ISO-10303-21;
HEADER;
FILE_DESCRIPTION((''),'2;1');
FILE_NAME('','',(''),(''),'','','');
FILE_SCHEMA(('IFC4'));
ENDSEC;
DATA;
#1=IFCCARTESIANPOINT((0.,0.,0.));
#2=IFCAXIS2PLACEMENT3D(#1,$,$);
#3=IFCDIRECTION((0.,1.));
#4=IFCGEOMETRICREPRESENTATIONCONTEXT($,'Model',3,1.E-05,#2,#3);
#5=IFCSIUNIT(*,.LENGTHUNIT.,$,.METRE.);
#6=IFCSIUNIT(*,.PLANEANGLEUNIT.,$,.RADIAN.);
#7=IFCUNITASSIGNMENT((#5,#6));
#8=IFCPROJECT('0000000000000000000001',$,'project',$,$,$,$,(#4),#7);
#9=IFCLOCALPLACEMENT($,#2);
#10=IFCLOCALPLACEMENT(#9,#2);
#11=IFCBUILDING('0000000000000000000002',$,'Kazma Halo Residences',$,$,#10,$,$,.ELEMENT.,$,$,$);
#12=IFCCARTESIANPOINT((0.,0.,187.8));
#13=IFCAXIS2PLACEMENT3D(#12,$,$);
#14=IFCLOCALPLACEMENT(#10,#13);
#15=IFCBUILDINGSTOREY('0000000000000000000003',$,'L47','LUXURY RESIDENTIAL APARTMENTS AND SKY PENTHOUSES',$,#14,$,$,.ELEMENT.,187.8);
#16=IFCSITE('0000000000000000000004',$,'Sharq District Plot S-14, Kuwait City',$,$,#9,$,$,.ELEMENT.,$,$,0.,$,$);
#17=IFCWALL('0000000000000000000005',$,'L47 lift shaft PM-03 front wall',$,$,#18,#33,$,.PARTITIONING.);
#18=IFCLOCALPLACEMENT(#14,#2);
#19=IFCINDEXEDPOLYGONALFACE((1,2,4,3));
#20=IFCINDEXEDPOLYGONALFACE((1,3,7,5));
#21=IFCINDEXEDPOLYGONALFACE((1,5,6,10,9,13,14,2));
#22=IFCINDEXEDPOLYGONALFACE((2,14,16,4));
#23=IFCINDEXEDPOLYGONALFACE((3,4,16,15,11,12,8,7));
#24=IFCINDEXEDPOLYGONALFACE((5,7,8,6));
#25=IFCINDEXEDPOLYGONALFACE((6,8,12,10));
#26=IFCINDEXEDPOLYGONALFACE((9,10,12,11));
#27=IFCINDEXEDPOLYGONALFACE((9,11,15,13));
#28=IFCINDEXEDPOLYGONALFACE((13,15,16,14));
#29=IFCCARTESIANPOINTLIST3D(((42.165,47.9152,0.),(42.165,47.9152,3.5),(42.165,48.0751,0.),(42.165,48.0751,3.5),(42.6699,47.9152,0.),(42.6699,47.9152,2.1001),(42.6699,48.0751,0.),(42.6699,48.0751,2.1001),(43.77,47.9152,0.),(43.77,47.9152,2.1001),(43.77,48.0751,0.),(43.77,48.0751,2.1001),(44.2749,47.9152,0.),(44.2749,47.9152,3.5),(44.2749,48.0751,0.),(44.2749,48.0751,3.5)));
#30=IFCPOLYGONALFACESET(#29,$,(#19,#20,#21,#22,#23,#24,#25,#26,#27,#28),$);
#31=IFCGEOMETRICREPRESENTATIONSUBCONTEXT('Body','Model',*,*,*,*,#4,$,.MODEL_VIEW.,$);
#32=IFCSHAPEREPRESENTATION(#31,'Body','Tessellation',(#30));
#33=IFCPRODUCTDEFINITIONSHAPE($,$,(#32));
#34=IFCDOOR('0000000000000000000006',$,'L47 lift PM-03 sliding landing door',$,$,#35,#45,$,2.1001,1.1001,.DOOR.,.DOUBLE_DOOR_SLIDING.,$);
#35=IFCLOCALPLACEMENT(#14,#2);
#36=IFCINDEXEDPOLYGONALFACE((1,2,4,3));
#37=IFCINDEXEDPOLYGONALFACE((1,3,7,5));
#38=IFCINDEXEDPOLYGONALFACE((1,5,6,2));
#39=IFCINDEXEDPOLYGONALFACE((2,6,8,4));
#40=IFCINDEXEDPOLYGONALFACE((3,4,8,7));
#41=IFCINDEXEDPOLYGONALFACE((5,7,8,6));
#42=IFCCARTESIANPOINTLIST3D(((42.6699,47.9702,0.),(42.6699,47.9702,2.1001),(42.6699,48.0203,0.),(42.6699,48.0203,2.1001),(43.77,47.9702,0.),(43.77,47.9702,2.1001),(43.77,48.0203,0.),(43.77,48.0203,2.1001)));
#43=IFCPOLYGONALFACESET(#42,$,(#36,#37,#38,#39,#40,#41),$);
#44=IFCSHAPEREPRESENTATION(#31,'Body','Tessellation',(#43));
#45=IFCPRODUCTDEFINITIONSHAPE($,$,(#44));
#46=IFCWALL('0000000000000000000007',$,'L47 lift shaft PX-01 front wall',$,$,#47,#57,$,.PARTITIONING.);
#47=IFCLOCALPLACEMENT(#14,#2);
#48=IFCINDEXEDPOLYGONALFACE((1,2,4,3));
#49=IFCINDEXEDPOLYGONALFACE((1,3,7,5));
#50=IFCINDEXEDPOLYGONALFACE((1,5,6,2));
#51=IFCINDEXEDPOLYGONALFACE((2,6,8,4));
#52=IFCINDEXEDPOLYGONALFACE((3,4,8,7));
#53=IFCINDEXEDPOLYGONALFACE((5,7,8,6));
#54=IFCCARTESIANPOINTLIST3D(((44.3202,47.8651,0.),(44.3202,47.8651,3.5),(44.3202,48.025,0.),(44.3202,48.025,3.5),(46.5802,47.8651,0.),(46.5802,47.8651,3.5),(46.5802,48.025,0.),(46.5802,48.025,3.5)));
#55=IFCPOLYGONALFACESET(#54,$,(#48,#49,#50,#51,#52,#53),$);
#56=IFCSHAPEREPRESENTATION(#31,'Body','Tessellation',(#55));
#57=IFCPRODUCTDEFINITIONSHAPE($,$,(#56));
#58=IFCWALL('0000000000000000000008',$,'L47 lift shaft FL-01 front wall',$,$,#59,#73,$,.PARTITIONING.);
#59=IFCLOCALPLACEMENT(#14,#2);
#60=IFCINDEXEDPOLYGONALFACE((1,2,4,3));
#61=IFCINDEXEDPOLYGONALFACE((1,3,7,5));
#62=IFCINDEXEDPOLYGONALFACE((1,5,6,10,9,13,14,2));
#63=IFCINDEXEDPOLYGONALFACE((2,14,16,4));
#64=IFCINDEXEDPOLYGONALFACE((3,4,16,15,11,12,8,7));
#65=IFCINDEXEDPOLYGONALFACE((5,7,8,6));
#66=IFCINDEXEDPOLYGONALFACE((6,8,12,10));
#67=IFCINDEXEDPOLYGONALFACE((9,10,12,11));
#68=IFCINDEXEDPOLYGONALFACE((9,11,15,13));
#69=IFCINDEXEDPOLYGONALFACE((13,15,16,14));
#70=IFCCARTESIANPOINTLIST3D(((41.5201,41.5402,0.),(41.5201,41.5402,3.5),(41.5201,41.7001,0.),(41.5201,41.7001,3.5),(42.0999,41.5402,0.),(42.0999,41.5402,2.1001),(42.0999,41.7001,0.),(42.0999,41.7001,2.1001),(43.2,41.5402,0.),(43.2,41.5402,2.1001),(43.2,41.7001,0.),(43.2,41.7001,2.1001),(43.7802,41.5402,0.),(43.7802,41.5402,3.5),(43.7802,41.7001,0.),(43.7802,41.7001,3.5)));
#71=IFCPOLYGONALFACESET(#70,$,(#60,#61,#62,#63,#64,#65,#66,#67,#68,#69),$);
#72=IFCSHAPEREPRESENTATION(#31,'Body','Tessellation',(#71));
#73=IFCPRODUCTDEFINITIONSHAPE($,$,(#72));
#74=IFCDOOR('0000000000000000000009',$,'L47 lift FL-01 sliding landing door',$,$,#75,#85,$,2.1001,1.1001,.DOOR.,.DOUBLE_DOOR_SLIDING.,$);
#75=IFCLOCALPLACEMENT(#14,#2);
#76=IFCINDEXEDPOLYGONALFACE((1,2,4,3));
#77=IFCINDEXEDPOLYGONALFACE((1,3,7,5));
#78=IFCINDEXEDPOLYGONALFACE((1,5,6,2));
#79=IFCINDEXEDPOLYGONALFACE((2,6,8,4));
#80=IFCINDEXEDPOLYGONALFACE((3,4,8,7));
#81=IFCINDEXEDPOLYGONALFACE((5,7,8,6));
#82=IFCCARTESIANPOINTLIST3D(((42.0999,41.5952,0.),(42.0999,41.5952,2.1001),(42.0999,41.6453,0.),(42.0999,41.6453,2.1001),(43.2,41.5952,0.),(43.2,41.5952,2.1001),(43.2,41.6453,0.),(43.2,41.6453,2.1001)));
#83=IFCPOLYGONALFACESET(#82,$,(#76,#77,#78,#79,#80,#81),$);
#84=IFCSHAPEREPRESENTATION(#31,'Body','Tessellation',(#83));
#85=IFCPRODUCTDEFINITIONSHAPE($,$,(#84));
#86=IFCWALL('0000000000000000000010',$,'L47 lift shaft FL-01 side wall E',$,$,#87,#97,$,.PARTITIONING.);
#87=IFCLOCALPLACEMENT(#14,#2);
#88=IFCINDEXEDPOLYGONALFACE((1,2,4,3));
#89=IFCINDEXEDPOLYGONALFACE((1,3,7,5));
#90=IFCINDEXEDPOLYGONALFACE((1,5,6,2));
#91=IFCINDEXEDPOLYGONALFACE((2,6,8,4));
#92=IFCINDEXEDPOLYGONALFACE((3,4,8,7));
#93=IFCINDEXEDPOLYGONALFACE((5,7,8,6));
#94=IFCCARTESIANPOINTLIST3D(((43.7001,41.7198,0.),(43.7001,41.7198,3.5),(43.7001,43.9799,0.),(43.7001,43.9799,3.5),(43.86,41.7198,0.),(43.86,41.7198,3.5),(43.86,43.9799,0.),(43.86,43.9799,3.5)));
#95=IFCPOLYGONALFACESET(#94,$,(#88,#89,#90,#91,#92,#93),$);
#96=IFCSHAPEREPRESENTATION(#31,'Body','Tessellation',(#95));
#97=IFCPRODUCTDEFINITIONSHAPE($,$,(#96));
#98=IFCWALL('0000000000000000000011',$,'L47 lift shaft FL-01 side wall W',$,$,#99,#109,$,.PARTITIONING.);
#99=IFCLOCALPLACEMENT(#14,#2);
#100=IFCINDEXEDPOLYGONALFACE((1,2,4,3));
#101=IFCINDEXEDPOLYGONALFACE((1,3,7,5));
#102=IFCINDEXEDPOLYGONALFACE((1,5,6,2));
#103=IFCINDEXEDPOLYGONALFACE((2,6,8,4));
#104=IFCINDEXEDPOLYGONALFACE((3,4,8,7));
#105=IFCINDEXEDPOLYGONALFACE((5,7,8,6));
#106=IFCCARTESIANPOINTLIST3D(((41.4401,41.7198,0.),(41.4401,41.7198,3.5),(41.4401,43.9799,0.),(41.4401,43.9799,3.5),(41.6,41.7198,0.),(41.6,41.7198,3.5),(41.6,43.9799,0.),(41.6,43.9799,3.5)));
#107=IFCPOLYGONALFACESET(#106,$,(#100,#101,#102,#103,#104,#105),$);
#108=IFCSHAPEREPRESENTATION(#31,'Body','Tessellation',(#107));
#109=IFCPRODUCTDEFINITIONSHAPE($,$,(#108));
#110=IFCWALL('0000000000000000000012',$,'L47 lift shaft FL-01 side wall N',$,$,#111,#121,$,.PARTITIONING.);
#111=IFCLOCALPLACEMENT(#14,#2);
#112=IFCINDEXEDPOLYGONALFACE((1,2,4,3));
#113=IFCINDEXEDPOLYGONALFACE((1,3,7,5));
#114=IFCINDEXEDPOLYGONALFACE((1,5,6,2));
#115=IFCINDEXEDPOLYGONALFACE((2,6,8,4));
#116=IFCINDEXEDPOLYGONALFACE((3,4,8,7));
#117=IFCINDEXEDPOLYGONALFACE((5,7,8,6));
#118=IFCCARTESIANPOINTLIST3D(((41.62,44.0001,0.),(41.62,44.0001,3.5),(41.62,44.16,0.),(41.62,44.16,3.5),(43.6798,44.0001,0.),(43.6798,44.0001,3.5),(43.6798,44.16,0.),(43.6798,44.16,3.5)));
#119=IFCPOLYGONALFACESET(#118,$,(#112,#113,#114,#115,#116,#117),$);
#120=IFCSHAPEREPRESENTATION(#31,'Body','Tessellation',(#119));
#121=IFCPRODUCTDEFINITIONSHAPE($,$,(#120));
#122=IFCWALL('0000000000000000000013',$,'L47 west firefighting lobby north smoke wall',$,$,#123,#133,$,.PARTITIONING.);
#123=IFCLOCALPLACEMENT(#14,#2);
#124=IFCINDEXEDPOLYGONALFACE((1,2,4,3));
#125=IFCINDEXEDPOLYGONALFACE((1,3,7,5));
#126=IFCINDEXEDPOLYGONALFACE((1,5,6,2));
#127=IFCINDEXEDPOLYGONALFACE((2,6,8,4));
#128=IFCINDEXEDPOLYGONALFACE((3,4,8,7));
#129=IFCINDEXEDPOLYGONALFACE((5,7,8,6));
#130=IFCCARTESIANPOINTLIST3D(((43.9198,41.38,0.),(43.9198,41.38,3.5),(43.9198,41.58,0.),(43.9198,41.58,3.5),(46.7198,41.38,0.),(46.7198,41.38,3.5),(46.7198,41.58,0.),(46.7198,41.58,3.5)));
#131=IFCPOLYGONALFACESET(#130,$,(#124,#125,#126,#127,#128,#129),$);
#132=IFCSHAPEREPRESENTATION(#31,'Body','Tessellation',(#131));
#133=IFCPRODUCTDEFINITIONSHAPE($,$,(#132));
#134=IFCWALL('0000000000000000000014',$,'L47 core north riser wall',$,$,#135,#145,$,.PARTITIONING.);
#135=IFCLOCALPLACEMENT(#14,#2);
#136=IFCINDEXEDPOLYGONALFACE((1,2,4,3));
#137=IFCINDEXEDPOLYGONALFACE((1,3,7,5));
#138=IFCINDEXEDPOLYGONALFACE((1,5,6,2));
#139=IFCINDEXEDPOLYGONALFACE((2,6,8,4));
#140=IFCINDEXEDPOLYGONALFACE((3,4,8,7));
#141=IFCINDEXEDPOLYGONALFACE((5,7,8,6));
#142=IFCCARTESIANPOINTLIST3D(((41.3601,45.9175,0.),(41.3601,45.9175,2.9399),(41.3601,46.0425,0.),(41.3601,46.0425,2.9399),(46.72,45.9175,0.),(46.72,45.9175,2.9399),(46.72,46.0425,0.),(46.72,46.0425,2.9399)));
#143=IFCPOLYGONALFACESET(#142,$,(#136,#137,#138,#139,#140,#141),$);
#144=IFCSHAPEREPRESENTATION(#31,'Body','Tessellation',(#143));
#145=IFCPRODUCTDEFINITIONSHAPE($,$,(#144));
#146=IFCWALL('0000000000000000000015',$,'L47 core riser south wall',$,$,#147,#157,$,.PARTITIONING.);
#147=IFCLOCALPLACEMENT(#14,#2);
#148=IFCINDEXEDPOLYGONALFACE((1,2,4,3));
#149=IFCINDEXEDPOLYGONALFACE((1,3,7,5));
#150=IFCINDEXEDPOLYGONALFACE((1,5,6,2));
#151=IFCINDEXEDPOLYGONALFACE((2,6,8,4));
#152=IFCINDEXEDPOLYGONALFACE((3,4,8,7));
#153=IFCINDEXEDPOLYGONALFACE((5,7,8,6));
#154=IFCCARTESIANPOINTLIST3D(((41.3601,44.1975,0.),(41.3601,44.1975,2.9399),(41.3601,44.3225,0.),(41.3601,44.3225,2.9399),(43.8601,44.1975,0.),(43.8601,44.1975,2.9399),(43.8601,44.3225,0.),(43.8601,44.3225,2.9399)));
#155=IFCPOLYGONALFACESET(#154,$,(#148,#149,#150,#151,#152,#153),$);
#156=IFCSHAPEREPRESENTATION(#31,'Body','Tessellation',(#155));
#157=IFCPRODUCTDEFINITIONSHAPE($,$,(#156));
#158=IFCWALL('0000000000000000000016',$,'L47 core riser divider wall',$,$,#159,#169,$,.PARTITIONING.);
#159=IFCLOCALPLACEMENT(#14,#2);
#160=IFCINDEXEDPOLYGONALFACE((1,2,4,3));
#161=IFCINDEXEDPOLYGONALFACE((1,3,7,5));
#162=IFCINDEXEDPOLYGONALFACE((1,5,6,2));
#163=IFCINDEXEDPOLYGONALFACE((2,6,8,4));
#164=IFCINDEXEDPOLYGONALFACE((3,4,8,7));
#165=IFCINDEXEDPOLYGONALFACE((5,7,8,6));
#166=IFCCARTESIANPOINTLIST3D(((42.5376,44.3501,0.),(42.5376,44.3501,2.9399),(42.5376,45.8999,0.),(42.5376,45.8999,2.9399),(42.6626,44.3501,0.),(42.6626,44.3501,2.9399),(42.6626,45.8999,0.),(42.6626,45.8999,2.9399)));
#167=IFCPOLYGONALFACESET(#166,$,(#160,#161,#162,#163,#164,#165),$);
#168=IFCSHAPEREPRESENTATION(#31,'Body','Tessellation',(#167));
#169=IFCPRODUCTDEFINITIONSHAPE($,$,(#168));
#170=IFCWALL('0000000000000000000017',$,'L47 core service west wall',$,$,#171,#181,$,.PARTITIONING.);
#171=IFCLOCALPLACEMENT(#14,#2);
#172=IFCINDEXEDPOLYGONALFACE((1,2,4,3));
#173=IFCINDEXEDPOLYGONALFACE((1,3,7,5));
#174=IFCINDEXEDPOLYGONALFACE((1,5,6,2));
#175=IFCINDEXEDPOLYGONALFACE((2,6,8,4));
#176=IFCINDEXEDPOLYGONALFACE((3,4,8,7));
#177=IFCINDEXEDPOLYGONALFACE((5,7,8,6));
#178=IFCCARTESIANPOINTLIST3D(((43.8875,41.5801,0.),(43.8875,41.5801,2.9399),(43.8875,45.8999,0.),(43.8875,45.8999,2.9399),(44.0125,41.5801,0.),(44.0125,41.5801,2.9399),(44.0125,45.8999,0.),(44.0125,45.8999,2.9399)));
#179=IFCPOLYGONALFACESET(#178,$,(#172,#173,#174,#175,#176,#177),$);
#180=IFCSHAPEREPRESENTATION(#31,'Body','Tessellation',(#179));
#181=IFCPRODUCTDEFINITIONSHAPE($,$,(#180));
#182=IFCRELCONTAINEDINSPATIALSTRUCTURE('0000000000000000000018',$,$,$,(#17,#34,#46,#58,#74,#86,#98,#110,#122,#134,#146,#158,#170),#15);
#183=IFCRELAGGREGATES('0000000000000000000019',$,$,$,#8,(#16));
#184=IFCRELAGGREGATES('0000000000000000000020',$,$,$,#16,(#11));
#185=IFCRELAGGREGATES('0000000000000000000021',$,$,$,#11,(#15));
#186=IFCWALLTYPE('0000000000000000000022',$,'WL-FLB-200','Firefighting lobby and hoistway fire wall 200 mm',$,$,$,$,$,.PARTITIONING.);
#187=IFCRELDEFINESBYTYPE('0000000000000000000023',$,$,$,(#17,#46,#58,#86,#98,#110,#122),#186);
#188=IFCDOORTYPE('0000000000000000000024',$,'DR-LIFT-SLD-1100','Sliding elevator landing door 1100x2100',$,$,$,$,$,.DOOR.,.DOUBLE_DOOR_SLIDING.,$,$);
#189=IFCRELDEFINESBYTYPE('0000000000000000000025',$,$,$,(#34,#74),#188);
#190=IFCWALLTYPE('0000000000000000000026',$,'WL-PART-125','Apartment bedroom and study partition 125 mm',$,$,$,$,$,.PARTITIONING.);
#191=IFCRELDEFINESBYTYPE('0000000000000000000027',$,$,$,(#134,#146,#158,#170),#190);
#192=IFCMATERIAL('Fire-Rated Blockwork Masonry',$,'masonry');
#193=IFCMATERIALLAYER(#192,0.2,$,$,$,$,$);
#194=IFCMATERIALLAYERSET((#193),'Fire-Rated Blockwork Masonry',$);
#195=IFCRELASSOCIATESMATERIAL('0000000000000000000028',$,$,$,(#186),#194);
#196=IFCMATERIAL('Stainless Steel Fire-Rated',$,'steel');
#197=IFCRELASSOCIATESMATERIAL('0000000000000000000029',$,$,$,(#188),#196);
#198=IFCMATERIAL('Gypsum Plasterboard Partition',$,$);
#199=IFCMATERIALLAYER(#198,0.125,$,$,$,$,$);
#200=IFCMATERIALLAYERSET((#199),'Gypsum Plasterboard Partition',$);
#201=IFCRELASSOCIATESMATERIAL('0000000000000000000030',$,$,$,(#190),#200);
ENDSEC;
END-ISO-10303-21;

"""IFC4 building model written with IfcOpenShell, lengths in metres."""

from ifc_helpers import new_model, si_unit, direction, frame, frame_2d, origin, place, context, subcontext, project, spatial, rectangle, extrude, material, layer, layer_set, type_object, element, fill, save


model = new_model("IFC4")

# Units and contexts
model_context = context("Model", 3, precision=1e-05, world=origin(), true_north=direction((0.0, 1.0)))
body_context = subcontext(model_context, "Body", "Model", "MODEL_VIEW")
ifc_project = project(units=[si_unit("LENGTHUNIT", "METRE"), si_unit("PLANEANGLEUNIT", "RADIAN")], contexts=[model_context])

# Site, building, storey
site_placement = place(None, origin())
site = spatial("IfcSite", under=ifc_project, at=site_placement, Name="Sharq District Plot S-14, Kuwait City", CompositionType="ELEMENT", RefElevation=0.0)
building_placement = place(site_placement, origin())
building = spatial("IfcBuilding", under=site, at=building_placement, Name="Kazma Halo Residences", CompositionType="ELEMENT")
storey_placement = place(building_placement, frame((0.0, 0.0, 187.8)))
storey = spatial("IfcBuildingStorey", under=building, at=storey_placement, Name="L47", Description="LUXURY RESIDENTIAL APARTMENTS AND SKY PENTHOUSES", CompositionType="ELEMENT", Elevation=187.8)

# Wall, opening, door
ifc_material_1 = material(Name="Fire-Rated Blockwork Masonry", Category="masonry")
ifc_layer_1 = layer(ifc_material_1, 0.2)
ifc_layer_set_1 = layer_set([ifc_layer_1], Name="Fire-Rated Blockwork Masonry")
wall_type_1 = type_object("IfcWallType", Name="WL-FLB-200", Description="Firefighting lobby and hoistway fire wall 200 mm", PredefinedType="PARTITIONING", material=ifc_layer_set_1)
ifc_material_2 = material(Name="Stainless Steel Fire-Rated", Category="steel")
door_type = type_object("IfcDoorType", Name="DR-LIFT-SLD-1100", Description="Sliding elevator landing door 1100x2100", OperationType="DOUBLE_DOOR_SLIDING", PredefinedType="DOOR", material=ifc_material_2)
wall_1_placement = place(storey_placement, frame((44.2749, 47.9951, 0.0), z_axis=(0.0, 0.0, 1.0), x_axis=(-1.0, 0.0, 0.0)))
wall_1 = element("IfcWall", 1, at=wall_1_placement, inside=storey, type_object=wall_type_1, Name="L47 lift shaft PM-03 front wall", PredefinedType="PARTITIONING", context=body_context, shape_type="SweptSolid", body=[
    extrude(rectangle(XDim=2.1099, YDim=0.1599, at=frame_2d((1.0549, 0.0))), origin(), (0.0, 0.0, 1.0), 3.5),
])
opening_1_placement = place(wall_1_placement, frame((0.5049, 0.0, 0.0)))
opening_1 = element("IfcOpeningElement", 2, at=opening_1_placement, cuts=wall_1, PredefinedType="OPENING", context=body_context, shape_type="SweptSolid", body=[
    extrude(rectangle(XDim=1.1001, YDim=2.1001, at=frame_2d((0.55, 1.05))), frame((0.0, 0.0898, 0.0), z_axis=(0.0, -1.0, 0.0), x_axis=(1.0, 0.0, 0.0)), (0.0, 0.0, 1.0), 0.1799),
])
door_1_placement = place(opening_1_placement, origin())
door_1 = element("IfcDoor", 3, at=door_1_placement, inside=storey, type_object=door_type, Name="L47 lift PM-03 sliding landing door", OperationType="DOUBLE_DOOR_SLIDING", OverallHeight=2.1001, OverallWidth=1.1001, PredefinedType="DOOR", context=body_context, shape_type="SweptSolid", body=[
    extrude(rectangle(XDim=1.1001, YDim=2.1001, at=frame_2d((0.55, 1.05))), frame((0.0, 0.0249, 0.0), z_axis=(0.0, -1.0, 0.0), x_axis=(1.0, 0.0, 0.0)), (0.0, 0.0, 1.0), 0.05),
])
fill(opening_1, door_1)

# Wall
wall_2_placement = place(storey_placement, frame((46.5801, 47.9451, 0.0), z_axis=(0.0, 0.0, 1.0), x_axis=(-1.0, 0.0, 0.0)))
element("IfcWall", 4, at=wall_2_placement, inside=storey, type_object=wall_type_1, Name="L47 lift shaft PX-01 front wall", PredefinedType="PARTITIONING", context=body_context, shape_type="SweptSolid", body=[
    extrude(rectangle(XDim=2.26, YDim=0.1599, at=frame_2d((1.1299, 0.0))), origin(), (0.0, 0.0, 1.0), 3.5),
])

# Wall, opening, door
wall_3_placement = place(storey_placement, frame((43.78, 41.6201, 0.0), z_axis=(0.0, 0.0, 1.0), x_axis=(-1.0, 0.0, 0.0)))
wall_3 = element("IfcWall", 5, at=wall_3_placement, inside=storey, type_object=wall_type_1, Name="L47 lift shaft FL-01 front wall", PredefinedType="PARTITIONING", context=body_context, shape_type="SweptSolid", body=[
    extrude(rectangle(XDim=2.26, YDim=0.1599, at=frame_2d((1.1299, 0.0))), origin(), (0.0, 0.0, 1.0), 3.5),
])
opening_2_placement = place(wall_3_placement, frame((0.5801, 0.0, 0.0)))
opening_2 = element("IfcOpeningElement", 6, at=opening_2_placement, cuts=wall_3, PredefinedType="OPENING", context=body_context, shape_type="SweptSolid", body=[
    extrude(rectangle(XDim=1.1001, YDim=2.1001, at=frame_2d((0.55, 1.05))), frame((0.0, 0.0898, 0.0), z_axis=(0.0, -1.0, 0.0), x_axis=(1.0, 0.0, 0.0)), (0.0, 0.0, 1.0), 0.1799),
])
door_2_placement = place(opening_2_placement, origin())
door_2 = element("IfcDoor", 7, at=door_2_placement, inside=storey, type_object=door_type, Name="L47 lift FL-01 sliding landing door", OperationType="DOUBLE_DOOR_SLIDING", OverallHeight=2.1001, OverallWidth=1.1001, PredefinedType="DOOR", context=body_context, shape_type="SweptSolid", body=[
    extrude(rectangle(XDim=1.1001, YDim=2.1001, at=frame_2d((0.55, 1.05))), frame((0.0, 0.0249, 0.0), z_axis=(0.0, -1.0, 0.0), x_axis=(1.0, 0.0, 0.0)), (0.0, 0.0, 1.0), 0.05),
])
fill(opening_2, door_2)

# Walls
for number, where, z_axis, x_axis, name in (
    (8, (43.78, 41.72, 0.0), (0.0, 0.0, 1.0), (0.0, 1.0, 0.0), "L47 lift shaft FL-01 side wall E"),
    (9, (41.52, 41.72, 0.0), (0.0, 0.0, 1.0), (0.0, 1.0, 0.0), "L47 lift shaft FL-01 side wall W"),
):
    element("IfcWall", number, at=place(storey_placement, frame(where, z_axis=z_axis, x_axis=x_axis)), inside=storey, type_object=wall_type_1, Name=name, PredefinedType="PARTITIONING", context=body_context, shape_type="SweptSolid", body=[
        extrude(rectangle(XDim=2.26, YDim=0.1599, at=frame_2d((1.1299, 0.0))), origin(), (0.0, 0.0, 1.0), 3.5),
    ])
wall_4_placement = place(storey_placement, frame((41.6201, 44.0801, 0.0), z_axis=(0.0, 0.0, 1.0), x_axis=(1.0, 0.0, 0.0)))
element("IfcWall", 10, at=wall_4_placement, inside=storey, type_object=wall_type_1, Name="L47 lift shaft FL-01 side wall N", PredefinedType="PARTITIONING", context=body_context, shape_type="SweptSolid", body=[
    extrude(rectangle(XDim=2.0598, YDim=0.1599, at=frame_2d((1.0298, 0.0))), origin(), (0.0, 0.0, 1.0), 3.5),
])
wall_5_placement = place(storey_placement, frame((43.9199, 41.48, 0.0), z_axis=(0.0, 0.0, 1.0), x_axis=(1.0, 0.0, 0.0)))
element("IfcWall", 11, at=wall_5_placement, inside=storey, type_object=wall_type_1, Name="L47 west firefighting lobby north smoke wall", PredefinedType="PARTITIONING", context=body_context, shape_type="SweptSolid", body=[
    extrude(rectangle(XDim=2.8, YDim=0.2, at=frame_2d((1.3999, 0.0))), origin(), (0.0, 0.0, 1.0), 3.5),
])
ifc_material_3 = material(Name="Gypsum Plasterboard Partition")
ifc_layer_2 = layer(ifc_material_3, 0.125)
ifc_layer_set_2 = layer_set([ifc_layer_2], Name="Gypsum Plasterboard Partition")
wall_type_2 = type_object("IfcWallType", Name="WL-PART-125", Description="Apartment bedroom and study partition 125 mm", PredefinedType="PARTITIONING", material=ifc_layer_set_2)
wall_6_placement = place(storey_placement, frame((41.3601, 45.98, 0.0), z_axis=(0.0, 0.0, 1.0), x_axis=(1.0, 0.0, 0.0)))
element("IfcWall", 12, at=wall_6_placement, inside=storey, type_object=wall_type_2, Name="L47 core north riser wall", PredefinedType="PARTITIONING", context=body_context, shape_type="SweptSolid", body=[
    extrude(rectangle(XDim=5.3599, YDim=0.125, at=frame_2d((2.6799, 0.0))), origin(), (0.0, 0.0, 1.0), 2.9399),
])
wall_7_placement = place(storey_placement, frame((41.3601, 44.26, 0.0), z_axis=(0.0, 0.0, 1.0), x_axis=(1.0, 0.0, 0.0)))
element("IfcWall", 13, at=wall_7_placement, inside=storey, type_object=wall_type_2, Name="L47 core riser south wall", PredefinedType="PARTITIONING", context=body_context, shape_type="SweptSolid", body=[
    extrude(rectangle(XDim=2.5, YDim=0.125, at=frame_2d((1.25, 0.0))), origin(), (0.0, 0.0, 1.0), 2.9399),
])
wall_8_placement = place(storey_placement, frame((42.6001, 44.3501, 0.0), z_axis=(0.0, 0.0, 1.0), x_axis=(0.0, 1.0, 0.0)))
element("IfcWall", 14, at=wall_8_placement, inside=storey, type_object=wall_type_2, Name="L47 core riser divider wall", PredefinedType="PARTITIONING", context=body_context, shape_type="SweptSolid", body=[
    extrude(rectangle(XDim=1.5498, YDim=0.125, at=frame_2d((0.7749, 0.0))), origin(), (0.0, 0.0, 1.0), 2.9399),
])
wall_9_placement = place(storey_placement, frame((43.95, 41.5801, 0.0), z_axis=(0.0, 0.0, 1.0), x_axis=(0.0, 1.0, 0.0)))
element("IfcWall", 15, at=wall_9_placement, inside=storey, type_object=wall_type_2, Name="L47 core service west wall", PredefinedType="PARTITIONING", context=body_context, shape_type="SweptSolid", body=[
    extrude(rectangle(XDim=4.3198, YDim=0.125, at=frame_2d((2.1599, 0.0))), origin(), (0.0, 0.0, 1.0), 2.9399),
])

save(model, "model.ifc")
